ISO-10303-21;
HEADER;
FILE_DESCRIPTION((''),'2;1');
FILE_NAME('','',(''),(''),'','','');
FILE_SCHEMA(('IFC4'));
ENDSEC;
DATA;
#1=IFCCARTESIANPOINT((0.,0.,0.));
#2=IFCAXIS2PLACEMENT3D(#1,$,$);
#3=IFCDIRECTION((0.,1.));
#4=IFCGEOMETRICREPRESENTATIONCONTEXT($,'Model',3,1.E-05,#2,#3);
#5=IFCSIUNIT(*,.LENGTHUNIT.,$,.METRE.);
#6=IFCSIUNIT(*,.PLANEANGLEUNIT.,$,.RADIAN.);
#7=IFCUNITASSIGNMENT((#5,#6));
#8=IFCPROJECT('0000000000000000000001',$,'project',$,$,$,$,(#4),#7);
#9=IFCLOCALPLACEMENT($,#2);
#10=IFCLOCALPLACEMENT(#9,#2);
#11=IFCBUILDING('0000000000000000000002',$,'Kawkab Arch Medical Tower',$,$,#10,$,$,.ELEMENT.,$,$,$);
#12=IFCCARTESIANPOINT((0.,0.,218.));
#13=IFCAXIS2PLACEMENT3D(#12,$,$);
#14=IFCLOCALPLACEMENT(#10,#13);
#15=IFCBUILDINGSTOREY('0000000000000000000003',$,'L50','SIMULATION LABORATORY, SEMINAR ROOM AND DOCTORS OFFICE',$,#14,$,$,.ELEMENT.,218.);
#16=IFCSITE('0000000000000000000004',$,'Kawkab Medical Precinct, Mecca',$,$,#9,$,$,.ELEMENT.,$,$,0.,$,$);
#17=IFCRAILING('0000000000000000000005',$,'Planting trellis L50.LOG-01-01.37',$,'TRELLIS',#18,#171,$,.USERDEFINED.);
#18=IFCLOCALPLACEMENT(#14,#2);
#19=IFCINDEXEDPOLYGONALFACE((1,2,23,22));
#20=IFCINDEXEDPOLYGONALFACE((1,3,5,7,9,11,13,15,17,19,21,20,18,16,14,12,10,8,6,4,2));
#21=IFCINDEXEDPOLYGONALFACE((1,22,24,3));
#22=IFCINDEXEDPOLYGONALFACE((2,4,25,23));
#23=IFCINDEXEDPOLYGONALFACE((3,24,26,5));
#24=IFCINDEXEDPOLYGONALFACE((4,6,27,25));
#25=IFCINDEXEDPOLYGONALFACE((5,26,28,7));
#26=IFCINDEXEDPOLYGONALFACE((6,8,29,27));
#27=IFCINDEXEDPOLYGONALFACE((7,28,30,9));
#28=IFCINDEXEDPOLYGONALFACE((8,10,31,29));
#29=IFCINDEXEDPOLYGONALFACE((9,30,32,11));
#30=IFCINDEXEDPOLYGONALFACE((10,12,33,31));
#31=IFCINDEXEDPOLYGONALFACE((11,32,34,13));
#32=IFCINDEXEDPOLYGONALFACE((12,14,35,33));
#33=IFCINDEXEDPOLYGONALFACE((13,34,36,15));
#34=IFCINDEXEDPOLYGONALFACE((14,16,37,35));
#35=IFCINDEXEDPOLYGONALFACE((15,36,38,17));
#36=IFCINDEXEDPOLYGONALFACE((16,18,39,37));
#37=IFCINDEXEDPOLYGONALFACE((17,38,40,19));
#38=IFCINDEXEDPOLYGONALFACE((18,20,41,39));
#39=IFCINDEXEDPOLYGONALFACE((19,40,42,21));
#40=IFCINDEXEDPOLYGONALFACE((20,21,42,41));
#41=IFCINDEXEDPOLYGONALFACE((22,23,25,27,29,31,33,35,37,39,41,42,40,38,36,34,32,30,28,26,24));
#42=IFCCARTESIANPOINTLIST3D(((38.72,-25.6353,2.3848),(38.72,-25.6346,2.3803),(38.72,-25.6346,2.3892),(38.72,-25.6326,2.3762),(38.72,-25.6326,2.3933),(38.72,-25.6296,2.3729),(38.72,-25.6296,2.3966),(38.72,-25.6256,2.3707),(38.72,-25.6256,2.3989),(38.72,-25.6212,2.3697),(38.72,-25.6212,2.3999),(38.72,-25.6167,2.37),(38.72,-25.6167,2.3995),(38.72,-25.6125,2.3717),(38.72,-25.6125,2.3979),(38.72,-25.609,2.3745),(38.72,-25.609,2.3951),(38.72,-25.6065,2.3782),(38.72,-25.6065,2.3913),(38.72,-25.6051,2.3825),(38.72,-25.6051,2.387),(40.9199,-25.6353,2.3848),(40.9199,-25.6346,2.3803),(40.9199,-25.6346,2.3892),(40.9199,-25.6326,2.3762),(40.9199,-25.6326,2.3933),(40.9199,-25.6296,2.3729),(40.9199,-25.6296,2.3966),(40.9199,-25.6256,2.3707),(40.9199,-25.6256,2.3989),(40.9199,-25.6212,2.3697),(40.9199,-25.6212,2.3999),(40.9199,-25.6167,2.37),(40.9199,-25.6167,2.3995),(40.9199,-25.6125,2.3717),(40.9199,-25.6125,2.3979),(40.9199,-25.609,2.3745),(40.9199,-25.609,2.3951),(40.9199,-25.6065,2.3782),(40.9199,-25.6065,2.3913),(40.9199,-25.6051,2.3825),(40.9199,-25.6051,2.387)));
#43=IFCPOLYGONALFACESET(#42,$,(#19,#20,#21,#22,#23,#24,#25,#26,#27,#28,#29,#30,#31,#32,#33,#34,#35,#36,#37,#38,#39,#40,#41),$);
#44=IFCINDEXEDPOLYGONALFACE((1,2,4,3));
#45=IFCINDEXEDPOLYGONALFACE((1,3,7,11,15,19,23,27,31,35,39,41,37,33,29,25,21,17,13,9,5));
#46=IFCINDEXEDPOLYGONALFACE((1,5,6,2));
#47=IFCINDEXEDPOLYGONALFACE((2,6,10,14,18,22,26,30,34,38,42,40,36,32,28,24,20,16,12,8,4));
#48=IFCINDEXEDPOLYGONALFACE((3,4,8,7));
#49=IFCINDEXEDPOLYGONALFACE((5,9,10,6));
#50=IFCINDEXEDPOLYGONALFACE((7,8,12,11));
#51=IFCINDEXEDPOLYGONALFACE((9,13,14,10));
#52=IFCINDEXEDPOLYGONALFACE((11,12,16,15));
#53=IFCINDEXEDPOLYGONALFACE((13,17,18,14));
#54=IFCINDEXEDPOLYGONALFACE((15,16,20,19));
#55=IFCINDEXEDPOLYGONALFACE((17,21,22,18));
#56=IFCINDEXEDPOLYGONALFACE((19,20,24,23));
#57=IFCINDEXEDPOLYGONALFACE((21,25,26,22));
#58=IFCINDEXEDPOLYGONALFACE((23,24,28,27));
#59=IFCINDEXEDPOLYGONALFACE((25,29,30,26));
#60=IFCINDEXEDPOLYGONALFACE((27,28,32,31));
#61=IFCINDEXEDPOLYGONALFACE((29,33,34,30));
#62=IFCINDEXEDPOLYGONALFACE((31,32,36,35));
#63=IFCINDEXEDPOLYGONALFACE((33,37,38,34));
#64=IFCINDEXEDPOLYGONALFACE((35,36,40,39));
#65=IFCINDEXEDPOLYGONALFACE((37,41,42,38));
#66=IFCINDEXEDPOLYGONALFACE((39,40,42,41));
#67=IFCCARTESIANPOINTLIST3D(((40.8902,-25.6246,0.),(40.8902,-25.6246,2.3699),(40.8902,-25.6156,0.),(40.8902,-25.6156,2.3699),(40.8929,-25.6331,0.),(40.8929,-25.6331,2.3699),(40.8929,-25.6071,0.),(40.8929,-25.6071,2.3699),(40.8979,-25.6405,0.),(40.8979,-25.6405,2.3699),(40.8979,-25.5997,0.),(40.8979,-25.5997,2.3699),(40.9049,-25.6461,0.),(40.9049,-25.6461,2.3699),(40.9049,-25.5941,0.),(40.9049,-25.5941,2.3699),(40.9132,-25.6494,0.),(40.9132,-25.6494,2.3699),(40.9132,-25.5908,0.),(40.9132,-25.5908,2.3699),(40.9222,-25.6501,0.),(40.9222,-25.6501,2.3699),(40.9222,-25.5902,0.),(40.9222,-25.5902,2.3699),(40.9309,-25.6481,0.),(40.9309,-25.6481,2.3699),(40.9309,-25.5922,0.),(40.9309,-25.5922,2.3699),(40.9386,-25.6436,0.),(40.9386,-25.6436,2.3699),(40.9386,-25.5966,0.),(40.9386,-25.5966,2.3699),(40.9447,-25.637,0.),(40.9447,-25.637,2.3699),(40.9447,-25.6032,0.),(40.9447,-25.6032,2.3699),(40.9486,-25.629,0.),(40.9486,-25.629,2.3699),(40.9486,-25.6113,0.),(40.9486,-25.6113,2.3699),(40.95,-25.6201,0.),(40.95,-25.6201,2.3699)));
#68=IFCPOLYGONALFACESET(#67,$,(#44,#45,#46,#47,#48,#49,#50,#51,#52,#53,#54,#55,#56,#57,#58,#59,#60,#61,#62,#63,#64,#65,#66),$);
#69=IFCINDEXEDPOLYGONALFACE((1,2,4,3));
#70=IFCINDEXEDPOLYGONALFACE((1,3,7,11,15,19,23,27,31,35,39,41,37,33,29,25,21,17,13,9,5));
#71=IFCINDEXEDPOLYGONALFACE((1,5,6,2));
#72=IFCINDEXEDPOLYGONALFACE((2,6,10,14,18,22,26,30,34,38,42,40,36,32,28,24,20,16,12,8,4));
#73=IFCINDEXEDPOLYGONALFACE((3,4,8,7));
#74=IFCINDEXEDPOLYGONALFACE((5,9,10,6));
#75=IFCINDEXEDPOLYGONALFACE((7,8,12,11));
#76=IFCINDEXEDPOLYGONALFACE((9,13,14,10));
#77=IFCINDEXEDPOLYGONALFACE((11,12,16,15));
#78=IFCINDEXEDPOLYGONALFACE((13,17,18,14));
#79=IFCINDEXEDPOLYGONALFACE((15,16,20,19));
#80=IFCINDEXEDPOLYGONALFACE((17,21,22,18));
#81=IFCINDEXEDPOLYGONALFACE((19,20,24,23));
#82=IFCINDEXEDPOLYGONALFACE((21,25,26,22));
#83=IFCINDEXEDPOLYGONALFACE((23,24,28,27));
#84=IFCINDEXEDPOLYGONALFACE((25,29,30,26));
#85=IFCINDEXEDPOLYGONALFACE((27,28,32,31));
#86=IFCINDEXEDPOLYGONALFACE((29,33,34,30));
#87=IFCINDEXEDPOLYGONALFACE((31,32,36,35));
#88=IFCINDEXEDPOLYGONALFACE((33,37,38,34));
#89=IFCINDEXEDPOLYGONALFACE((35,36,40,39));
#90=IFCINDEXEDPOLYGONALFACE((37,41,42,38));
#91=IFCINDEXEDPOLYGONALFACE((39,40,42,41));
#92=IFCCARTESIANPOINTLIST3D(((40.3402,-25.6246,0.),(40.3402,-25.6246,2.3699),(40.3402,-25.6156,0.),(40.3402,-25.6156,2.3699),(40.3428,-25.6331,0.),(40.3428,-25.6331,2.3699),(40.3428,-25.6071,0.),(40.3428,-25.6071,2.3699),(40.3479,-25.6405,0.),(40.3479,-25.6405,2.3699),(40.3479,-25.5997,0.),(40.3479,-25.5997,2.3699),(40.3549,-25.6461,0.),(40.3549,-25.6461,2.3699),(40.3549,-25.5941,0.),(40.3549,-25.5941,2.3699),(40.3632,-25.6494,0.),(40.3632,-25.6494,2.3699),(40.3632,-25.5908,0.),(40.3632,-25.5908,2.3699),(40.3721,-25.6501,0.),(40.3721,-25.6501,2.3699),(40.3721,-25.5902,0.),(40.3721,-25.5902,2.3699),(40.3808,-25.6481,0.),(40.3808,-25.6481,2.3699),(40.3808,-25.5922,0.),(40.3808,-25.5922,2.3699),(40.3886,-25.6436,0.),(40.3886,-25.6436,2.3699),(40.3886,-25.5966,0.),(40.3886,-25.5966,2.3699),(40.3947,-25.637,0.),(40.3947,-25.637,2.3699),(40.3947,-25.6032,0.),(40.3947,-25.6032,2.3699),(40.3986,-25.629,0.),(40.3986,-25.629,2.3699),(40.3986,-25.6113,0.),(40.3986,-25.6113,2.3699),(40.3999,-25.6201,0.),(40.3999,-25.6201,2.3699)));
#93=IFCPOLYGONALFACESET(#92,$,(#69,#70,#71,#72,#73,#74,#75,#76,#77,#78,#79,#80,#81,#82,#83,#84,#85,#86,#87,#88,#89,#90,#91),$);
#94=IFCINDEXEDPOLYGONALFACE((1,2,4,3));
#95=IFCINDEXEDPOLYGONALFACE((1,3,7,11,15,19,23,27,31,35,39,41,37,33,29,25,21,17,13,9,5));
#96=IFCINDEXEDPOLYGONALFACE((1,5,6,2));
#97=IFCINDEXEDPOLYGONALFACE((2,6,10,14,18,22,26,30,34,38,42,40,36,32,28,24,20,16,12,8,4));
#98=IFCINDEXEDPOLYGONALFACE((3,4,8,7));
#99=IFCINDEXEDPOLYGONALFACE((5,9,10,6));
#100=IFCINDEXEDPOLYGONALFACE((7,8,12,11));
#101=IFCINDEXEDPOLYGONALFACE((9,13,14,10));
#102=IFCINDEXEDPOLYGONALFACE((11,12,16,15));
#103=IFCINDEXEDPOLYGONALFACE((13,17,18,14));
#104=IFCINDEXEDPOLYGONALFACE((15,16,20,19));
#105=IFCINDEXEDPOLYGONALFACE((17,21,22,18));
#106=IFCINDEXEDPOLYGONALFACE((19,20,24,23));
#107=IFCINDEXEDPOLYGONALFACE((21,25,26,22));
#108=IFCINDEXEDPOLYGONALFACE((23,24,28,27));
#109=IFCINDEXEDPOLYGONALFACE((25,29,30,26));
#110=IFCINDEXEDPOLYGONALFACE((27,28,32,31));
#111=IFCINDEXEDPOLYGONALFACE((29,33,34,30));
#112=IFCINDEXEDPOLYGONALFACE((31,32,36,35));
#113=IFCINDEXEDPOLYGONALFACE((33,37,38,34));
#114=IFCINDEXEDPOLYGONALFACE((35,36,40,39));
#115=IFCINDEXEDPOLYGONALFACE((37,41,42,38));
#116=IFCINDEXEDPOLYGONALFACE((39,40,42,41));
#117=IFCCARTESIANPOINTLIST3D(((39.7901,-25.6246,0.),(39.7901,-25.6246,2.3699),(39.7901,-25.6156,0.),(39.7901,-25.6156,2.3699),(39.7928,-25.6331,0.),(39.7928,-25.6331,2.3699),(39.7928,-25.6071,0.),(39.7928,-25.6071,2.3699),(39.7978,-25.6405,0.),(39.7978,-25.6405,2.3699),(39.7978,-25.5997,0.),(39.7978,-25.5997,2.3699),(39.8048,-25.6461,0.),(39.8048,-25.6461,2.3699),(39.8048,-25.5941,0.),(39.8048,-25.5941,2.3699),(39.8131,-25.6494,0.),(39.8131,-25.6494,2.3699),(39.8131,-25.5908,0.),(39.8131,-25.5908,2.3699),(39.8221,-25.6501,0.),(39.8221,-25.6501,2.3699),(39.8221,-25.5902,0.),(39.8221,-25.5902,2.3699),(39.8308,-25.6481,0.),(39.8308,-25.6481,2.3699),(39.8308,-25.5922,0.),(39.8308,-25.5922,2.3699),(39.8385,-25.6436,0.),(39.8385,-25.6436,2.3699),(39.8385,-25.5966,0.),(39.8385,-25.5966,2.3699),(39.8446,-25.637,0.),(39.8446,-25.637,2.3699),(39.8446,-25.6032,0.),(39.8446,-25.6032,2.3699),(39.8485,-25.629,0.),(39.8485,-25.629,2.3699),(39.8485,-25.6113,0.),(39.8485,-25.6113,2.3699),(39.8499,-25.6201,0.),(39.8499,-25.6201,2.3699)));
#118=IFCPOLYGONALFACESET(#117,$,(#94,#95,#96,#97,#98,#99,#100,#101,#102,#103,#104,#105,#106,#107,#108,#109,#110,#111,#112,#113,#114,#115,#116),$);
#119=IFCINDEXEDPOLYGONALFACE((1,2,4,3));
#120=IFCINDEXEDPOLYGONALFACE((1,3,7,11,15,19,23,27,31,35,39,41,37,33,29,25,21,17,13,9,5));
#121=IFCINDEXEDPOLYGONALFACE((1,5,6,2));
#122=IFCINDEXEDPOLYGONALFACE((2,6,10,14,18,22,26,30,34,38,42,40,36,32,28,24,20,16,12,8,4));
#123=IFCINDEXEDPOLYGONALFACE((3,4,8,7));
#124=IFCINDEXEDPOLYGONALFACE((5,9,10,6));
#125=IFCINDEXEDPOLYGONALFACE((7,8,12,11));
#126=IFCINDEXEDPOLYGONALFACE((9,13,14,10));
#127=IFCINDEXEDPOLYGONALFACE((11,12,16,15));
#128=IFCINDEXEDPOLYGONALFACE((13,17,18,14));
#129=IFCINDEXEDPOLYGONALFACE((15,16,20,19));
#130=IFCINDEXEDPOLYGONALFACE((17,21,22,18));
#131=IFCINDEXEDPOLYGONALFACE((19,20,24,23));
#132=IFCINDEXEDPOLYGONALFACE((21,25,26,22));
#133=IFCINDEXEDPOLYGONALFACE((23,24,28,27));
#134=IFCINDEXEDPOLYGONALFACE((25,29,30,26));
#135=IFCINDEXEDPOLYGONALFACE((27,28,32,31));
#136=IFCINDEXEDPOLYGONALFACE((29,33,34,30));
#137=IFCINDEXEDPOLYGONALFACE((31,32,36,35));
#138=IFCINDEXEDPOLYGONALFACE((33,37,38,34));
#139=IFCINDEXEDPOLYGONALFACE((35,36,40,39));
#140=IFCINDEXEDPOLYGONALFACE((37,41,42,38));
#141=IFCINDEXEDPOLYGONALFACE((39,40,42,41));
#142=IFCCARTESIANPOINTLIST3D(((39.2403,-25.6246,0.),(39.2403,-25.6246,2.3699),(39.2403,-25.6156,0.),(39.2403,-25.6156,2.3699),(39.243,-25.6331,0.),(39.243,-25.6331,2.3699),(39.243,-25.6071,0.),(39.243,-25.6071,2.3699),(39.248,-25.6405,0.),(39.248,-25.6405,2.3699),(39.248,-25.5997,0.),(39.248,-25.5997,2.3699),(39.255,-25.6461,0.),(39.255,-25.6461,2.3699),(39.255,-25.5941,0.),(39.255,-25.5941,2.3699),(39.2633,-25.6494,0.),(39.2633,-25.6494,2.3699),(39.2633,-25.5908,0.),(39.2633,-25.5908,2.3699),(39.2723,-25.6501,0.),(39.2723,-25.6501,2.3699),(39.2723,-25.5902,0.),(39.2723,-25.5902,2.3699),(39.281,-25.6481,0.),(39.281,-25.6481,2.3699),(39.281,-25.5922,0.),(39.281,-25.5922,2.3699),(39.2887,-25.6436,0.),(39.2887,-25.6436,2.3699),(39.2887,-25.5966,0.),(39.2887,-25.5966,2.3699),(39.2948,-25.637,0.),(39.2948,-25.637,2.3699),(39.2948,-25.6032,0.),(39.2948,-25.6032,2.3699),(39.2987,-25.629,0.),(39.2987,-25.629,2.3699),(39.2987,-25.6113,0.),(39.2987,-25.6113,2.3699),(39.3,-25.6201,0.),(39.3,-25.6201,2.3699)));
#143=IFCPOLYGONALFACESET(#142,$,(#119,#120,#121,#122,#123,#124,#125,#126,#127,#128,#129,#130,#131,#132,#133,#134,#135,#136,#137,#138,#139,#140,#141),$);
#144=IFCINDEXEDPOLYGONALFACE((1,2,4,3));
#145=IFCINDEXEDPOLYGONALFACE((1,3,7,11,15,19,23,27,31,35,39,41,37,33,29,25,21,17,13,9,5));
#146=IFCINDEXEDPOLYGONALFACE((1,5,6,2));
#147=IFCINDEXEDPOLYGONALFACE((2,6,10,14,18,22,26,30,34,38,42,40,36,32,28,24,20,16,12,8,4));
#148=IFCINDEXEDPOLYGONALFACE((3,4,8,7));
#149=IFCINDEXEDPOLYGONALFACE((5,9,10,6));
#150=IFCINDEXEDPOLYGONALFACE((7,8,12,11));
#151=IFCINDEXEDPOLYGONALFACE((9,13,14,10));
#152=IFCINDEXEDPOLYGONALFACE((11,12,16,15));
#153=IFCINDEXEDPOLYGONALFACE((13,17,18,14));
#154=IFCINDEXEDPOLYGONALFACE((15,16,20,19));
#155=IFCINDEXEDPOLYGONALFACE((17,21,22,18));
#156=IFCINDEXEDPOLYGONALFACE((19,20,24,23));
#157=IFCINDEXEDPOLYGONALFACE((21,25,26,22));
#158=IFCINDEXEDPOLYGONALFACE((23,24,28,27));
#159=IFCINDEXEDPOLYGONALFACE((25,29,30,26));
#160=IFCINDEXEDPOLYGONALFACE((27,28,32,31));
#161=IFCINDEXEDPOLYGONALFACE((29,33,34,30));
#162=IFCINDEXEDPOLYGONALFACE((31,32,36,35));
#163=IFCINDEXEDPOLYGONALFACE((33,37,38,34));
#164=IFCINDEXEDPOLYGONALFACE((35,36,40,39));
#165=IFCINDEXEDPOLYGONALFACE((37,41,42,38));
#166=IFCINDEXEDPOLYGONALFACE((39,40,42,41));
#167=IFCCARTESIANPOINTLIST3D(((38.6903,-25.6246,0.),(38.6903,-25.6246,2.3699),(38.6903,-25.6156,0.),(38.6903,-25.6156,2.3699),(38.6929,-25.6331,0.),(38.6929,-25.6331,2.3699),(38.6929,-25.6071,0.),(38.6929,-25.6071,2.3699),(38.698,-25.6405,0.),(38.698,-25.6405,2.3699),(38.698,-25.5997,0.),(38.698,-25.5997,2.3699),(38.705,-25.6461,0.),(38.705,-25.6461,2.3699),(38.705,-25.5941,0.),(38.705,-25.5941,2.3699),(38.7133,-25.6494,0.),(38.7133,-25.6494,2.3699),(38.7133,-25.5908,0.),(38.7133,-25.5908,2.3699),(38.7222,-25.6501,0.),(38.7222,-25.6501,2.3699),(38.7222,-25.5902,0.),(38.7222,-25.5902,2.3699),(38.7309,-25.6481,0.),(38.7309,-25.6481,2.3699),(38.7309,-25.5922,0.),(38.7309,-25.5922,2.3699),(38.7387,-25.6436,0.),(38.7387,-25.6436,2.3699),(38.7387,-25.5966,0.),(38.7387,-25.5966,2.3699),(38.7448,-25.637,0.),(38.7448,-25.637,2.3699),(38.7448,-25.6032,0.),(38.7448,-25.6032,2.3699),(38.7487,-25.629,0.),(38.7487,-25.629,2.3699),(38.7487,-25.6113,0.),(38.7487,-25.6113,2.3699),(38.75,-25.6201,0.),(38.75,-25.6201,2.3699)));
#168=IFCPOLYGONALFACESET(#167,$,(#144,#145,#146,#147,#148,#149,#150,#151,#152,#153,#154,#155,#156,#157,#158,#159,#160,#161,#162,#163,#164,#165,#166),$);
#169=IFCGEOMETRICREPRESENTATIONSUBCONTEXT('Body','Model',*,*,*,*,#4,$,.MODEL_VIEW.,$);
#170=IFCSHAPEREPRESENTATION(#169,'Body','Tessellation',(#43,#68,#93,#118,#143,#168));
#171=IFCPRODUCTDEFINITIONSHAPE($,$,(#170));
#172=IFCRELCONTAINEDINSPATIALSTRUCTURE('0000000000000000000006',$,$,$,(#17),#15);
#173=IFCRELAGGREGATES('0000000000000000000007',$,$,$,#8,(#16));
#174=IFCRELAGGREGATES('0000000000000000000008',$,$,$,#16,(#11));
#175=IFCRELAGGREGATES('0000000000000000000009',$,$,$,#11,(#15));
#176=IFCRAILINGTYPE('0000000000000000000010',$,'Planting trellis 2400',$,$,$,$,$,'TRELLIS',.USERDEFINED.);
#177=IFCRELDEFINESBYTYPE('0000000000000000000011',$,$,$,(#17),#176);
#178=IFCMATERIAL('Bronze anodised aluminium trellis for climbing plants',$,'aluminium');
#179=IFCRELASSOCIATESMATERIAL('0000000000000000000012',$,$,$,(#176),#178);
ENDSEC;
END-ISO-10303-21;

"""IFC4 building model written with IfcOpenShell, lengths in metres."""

from ifc_helpers import new_model, si_unit, direction, frame, origin, origin_2d, place, context, subcontext, project, spatial, circle, extrude, material, type_object, element, save


model = new_model("IFC4")

# Units and contexts
model_context = context("Model", 3, precision=1e-05, world=origin(), true_north=direction((0.0, 1.0)))
body_context = subcontext(model_context, "Body", "Model", "MODEL_VIEW")
ifc_project = project(units=[si_unit("LENGTHUNIT", "METRE"), si_unit("PLANEANGLEUNIT", "RADIAN")], contexts=[model_context])

# Site, building, storey
site_placement = place(None, origin())
site = spatial("IfcSite", under=ifc_project, at=site_placement, Name="Kawkab Medical Precinct, Mecca", CompositionType="ELEMENT", RefElevation=0.0)
building_placement = place(site_placement, origin())
building = spatial("IfcBuilding", under=site, at=building_placement, Name="Kawkab Arch Medical Tower", CompositionType="ELEMENT")
storey_placement = place(building_placement, frame((0.0, 0.0, 218.0)))
storey = spatial("IfcBuildingStorey", under=building, at=storey_placement, Name="L50", Description="SIMULATION LABORATORY, SEMINAR ROOM AND DOCTORS OFFICE", CompositionType="ELEMENT", Elevation=218.0)

# Railing
ifc_material_1 = material(Name="Bronze anodised aluminium trellis for climbing plants", Category="aluminium")
railing_type_1 = type_object("IfcRailingType", Name="Planting trellis 2400", ElementType="TRELLIS", PredefinedType="USERDEFINED", material=ifc_material_1)
railing_1_placement = place(storey_placement, frame((40.9199, -25.6201, 0.0)))
element("IfcRailing", 1, at=railing_1_placement, inside=storey, type_object=railing_type_1, Name="Planting trellis L50.LOG-01-01.37", ObjectType="TRELLIS", PredefinedType="USERDEFINED", context=body_context, shape_type="SweptSolid", body=[
    extrude(circle(Radius=0.0151, at=origin_2d()), frame((0.0, 0.0, 2.3848), z_axis=(-1.0, 0.0, 0.0), x_axis=(0.0, -1.0, 0.0)), (0.0, 0.0, 1.0), 2.2),
    extrude(circle(Radius=0.03, at=origin_2d()), origin(), (0.0, 0.0, 1.0), 2.3699),
    extrude(circle(Radius=0.03, at=origin_2d()), frame((-0.55, 0.0, 0.0)), (0.0, 0.0, 1.0), 2.3699),
    extrude(circle(Radius=0.03, at=origin_2d()), frame((-1.1001, 0.0, 0.0)), (0.0, 0.0, 1.0), 2.3699),
    extrude(circle(Radius=0.03, at=origin_2d()), frame((-1.6499, 0.0, 0.0)), (0.0, 0.0, 1.0), 2.3699),
    extrude(circle(Radius=0.03, at=origin_2d()), frame((-2.2, 0.0, 0.0)), (0.0, 0.0, 1.0), 2.3699),
])

save(model, "model.ifc")
